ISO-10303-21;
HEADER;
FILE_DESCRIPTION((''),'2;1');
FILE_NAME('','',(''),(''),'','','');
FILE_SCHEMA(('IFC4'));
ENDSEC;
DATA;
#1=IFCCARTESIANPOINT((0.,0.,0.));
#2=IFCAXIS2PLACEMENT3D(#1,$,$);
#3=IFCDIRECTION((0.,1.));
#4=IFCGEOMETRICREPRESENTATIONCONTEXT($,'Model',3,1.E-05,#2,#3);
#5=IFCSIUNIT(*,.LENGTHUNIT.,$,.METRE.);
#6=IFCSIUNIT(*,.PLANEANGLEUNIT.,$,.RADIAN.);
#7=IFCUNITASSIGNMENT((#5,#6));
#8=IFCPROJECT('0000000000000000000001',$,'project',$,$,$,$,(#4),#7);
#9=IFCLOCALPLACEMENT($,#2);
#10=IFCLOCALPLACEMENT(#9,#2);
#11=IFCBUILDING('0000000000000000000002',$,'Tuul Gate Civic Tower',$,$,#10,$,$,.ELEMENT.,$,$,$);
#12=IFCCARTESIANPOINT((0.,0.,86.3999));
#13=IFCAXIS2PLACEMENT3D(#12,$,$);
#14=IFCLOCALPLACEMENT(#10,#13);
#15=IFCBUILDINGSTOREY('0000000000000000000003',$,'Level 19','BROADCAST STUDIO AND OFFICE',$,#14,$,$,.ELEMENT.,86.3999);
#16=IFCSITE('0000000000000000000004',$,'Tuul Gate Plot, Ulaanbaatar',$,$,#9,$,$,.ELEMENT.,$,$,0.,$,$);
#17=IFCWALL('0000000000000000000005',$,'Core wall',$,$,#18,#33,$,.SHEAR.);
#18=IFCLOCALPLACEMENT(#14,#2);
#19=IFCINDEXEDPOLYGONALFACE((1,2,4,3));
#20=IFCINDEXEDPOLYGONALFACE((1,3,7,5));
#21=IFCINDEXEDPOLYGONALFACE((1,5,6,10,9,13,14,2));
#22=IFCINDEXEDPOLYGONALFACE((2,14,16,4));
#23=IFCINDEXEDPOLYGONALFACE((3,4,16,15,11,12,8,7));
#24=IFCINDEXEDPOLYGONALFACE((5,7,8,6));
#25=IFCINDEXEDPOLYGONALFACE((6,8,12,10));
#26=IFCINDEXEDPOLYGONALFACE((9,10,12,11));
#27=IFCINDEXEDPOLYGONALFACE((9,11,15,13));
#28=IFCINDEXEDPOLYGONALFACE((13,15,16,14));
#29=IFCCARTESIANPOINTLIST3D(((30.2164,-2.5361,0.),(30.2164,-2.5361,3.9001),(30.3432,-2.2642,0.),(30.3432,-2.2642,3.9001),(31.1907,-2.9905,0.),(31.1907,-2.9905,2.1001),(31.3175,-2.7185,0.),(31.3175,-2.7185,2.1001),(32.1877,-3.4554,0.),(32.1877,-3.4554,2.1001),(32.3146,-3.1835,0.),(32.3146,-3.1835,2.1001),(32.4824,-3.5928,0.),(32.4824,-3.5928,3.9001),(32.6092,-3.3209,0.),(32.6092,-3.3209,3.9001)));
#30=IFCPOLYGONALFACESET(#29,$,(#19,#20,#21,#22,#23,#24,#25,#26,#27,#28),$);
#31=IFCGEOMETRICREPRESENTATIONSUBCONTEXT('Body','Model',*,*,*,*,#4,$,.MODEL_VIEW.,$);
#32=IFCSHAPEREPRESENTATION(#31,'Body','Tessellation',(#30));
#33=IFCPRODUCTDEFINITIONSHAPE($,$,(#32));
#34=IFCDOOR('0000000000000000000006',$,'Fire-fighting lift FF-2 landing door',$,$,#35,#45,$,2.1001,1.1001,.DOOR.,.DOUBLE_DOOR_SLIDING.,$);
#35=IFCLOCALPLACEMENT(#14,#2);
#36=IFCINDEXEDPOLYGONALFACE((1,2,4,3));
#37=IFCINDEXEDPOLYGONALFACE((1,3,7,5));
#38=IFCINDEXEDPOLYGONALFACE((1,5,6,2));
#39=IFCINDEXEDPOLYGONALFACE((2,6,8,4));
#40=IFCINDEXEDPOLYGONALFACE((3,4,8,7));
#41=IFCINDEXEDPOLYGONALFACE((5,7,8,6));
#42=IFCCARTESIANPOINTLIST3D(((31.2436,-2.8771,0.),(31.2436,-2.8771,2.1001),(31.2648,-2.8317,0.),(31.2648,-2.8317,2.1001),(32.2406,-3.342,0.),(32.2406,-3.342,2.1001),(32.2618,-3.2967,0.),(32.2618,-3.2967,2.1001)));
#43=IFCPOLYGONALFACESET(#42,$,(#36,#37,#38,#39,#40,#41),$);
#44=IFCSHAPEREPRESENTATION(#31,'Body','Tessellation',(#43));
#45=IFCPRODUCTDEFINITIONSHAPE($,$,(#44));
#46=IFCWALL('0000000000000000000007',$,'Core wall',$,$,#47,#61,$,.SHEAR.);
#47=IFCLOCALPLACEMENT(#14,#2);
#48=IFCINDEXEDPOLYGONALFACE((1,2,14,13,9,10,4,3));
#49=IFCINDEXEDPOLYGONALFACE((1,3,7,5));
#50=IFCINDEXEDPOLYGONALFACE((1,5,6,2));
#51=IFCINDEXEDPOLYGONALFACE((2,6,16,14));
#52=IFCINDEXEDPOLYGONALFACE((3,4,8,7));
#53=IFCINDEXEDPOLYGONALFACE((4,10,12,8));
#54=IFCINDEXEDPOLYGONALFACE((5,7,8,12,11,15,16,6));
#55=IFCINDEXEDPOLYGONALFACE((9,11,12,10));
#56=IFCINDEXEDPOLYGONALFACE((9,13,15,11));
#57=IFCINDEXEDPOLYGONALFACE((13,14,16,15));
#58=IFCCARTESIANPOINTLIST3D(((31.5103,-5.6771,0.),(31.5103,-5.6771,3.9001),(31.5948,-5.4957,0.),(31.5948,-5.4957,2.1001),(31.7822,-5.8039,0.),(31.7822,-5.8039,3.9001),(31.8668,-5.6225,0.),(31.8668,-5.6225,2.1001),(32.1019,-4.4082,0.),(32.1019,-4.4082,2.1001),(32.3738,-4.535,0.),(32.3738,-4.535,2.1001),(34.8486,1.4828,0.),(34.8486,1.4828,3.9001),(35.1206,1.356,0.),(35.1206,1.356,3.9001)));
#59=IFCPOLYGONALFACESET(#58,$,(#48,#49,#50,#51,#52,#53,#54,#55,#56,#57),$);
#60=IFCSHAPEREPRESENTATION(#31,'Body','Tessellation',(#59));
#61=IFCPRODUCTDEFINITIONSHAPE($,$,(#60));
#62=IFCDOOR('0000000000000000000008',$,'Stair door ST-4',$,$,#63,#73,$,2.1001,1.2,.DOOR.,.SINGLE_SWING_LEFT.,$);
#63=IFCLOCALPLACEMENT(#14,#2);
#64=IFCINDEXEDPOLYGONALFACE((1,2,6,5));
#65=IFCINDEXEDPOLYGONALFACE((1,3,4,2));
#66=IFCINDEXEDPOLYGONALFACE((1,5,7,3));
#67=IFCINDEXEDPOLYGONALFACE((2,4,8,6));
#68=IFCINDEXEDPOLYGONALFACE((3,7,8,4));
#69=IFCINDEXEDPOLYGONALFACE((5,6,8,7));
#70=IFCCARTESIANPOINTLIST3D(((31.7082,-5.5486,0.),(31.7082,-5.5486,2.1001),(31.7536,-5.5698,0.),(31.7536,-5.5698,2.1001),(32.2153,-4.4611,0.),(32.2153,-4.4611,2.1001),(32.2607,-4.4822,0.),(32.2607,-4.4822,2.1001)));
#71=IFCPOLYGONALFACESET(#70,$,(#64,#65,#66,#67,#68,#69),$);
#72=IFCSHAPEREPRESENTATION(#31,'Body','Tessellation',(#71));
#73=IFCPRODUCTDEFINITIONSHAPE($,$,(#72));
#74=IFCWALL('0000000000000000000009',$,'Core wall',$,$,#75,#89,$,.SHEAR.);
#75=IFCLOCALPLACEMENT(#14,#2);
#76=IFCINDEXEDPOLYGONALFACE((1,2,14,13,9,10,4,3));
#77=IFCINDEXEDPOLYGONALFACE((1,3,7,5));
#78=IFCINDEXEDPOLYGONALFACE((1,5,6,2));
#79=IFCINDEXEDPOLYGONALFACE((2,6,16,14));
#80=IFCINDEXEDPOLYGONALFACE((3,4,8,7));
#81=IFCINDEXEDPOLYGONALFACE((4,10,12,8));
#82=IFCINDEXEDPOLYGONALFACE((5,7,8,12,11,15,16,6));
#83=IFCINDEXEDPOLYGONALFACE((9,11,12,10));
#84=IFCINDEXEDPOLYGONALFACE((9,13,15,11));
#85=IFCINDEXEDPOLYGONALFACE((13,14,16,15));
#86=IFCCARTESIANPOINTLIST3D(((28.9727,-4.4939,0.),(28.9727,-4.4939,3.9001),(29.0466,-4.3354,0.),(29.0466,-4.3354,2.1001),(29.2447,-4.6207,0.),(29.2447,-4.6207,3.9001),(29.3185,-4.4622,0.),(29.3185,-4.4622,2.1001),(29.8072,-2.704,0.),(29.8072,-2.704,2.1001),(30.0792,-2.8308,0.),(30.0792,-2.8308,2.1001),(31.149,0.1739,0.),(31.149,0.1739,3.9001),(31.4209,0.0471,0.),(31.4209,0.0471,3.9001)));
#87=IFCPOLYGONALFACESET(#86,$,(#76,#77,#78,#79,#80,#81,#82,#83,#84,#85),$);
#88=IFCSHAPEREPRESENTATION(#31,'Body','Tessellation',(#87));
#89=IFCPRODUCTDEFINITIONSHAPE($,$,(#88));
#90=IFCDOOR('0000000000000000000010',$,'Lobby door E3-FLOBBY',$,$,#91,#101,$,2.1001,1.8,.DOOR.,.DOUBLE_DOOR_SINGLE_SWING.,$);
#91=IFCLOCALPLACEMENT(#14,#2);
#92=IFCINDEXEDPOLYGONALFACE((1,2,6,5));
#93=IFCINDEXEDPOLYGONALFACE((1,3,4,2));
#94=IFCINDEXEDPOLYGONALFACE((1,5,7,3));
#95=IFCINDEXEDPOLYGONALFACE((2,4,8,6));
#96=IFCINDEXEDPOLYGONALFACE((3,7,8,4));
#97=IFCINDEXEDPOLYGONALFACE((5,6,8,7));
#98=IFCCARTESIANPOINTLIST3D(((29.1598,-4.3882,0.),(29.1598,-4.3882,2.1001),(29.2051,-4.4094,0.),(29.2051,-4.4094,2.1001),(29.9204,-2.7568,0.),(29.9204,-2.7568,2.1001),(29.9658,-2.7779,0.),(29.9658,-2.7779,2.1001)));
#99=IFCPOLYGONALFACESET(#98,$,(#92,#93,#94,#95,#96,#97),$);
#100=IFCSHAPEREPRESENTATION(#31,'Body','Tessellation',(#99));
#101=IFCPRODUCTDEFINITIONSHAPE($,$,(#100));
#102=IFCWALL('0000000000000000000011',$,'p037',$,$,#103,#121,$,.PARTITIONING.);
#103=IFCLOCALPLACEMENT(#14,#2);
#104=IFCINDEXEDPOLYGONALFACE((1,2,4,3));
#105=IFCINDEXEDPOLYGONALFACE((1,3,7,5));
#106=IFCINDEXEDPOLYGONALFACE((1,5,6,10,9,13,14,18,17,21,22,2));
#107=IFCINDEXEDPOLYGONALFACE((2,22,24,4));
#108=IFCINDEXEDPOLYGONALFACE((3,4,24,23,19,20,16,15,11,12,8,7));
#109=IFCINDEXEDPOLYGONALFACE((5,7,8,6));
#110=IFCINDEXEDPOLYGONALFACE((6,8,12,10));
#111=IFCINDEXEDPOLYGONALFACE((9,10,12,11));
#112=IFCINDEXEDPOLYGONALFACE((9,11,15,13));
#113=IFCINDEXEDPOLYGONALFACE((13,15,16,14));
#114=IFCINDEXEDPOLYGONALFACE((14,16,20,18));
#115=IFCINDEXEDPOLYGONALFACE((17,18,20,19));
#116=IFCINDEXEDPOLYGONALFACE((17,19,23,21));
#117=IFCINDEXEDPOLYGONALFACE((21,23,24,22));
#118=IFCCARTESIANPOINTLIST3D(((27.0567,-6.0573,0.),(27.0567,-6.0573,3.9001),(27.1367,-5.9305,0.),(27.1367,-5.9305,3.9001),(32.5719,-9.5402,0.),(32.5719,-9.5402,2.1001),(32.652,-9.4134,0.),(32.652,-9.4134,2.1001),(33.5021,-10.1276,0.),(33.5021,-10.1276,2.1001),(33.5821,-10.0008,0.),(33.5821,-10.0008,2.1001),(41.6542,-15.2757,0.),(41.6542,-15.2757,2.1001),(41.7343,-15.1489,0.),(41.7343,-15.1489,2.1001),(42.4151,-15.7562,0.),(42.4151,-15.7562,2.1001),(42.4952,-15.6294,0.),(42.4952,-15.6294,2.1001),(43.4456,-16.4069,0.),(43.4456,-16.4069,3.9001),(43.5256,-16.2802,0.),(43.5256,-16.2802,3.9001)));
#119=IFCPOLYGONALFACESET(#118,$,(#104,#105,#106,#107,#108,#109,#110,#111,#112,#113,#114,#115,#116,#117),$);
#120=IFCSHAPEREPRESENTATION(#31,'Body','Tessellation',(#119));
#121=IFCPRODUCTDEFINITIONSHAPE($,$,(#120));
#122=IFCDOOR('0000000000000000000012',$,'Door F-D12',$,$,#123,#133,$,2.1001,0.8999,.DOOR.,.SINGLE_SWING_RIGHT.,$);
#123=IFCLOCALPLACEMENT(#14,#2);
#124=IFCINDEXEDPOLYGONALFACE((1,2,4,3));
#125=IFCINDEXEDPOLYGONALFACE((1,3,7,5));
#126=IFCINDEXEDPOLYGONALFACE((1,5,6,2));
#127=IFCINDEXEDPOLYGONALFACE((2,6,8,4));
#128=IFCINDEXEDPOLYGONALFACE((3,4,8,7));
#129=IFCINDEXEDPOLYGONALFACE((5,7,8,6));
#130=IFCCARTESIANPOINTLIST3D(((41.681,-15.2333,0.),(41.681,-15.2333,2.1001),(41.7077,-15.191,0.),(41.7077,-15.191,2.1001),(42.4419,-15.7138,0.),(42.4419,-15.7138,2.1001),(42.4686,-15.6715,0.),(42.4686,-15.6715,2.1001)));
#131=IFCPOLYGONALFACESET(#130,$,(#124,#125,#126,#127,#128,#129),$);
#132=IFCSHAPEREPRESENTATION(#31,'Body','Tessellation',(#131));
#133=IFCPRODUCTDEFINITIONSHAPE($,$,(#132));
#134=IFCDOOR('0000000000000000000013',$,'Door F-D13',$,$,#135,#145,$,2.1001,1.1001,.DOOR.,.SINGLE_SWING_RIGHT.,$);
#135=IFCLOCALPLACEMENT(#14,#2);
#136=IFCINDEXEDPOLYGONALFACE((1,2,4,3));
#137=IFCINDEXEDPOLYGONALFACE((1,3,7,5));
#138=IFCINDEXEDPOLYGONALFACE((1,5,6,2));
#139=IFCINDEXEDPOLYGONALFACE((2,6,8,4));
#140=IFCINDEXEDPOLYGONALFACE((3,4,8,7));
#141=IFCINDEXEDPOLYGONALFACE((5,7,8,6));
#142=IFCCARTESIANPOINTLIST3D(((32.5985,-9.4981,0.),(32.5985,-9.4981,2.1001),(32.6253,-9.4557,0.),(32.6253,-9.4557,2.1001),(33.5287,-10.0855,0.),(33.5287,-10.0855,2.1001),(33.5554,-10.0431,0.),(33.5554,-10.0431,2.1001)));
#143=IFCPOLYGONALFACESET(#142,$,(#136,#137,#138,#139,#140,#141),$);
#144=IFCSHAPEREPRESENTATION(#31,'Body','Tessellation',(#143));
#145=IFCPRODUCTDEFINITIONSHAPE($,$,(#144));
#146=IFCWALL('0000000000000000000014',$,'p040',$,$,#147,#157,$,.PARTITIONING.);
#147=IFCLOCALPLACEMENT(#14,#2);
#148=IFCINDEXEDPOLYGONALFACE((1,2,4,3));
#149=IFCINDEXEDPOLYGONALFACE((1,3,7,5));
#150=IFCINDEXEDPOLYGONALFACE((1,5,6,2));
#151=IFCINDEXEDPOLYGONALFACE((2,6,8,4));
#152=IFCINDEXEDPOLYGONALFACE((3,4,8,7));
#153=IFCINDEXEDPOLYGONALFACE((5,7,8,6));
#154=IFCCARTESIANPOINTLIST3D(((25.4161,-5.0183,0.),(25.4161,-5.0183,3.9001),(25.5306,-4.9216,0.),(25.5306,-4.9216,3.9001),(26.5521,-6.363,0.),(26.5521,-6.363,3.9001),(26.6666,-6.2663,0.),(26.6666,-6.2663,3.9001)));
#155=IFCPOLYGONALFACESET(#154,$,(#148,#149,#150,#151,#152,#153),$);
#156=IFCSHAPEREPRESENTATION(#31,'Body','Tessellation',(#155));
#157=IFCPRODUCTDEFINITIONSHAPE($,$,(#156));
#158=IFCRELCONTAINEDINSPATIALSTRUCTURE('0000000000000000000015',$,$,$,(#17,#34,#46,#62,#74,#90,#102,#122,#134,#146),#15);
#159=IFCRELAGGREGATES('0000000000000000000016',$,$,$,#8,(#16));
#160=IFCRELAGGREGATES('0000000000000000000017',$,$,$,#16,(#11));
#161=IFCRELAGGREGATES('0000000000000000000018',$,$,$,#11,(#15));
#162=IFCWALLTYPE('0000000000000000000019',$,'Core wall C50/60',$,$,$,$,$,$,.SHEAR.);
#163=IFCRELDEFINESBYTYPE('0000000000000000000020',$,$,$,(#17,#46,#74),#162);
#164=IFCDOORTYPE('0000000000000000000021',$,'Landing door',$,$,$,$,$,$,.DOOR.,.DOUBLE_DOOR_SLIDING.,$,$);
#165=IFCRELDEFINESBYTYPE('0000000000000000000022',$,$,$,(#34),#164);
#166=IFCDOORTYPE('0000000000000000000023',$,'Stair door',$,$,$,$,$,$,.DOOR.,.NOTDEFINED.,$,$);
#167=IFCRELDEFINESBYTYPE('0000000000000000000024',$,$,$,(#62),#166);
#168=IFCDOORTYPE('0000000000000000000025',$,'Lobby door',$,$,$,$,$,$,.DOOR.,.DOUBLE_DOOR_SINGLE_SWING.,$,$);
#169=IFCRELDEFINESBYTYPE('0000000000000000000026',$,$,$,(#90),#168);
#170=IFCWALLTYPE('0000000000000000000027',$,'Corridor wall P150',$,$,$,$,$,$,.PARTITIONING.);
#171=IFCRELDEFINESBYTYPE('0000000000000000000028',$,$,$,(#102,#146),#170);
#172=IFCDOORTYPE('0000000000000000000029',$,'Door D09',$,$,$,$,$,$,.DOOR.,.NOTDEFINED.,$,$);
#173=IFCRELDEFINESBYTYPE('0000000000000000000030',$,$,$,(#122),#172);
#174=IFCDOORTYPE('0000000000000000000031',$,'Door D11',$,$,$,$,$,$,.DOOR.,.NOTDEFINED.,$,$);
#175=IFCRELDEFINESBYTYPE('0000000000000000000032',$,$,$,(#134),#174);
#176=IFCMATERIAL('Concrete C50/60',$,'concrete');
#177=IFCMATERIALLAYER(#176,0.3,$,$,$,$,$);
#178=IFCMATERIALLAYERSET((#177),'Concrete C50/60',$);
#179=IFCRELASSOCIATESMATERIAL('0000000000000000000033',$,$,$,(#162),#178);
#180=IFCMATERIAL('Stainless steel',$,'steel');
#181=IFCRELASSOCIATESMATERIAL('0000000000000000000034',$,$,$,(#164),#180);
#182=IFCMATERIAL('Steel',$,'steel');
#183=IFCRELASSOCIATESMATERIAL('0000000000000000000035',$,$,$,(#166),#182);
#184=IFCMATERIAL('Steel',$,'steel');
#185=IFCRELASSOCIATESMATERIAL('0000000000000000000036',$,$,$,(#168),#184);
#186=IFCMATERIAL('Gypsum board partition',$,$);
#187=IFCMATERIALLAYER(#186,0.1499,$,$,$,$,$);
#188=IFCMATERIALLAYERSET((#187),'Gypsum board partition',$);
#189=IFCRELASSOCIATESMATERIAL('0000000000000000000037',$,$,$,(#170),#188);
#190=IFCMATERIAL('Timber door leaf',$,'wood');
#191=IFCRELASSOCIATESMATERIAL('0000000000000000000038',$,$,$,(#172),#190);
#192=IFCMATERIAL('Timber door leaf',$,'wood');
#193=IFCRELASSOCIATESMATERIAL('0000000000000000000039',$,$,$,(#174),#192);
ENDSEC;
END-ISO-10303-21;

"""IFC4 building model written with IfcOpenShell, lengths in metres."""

from ifc_helpers import new_model, si_unit, direction, frame, frame_2d, origin, place, context, subcontext, project, spatial, rectangle, extrude, material, layer, layer_set, type_object, element, fill, save


model = new_model("IFC4")

# Units and contexts
model_context = context("Model", 3, precision=1e-05, world=origin(), true_north=direction((0.0, 1.0)))
body_context = subcontext(model_context, "Body", "Model", "MODEL_VIEW")
ifc_project = project(units=[si_unit("LENGTHUNIT", "METRE"), si_unit("PLANEANGLEUNIT", "RADIAN")], contexts=[model_context])

# Site, building, storey
site_placement = place(None, origin())
site = spatial("IfcSite", under=ifc_project, at=site_placement, Name="Tuul Gate Plot, Ulaanbaatar", CompositionType="ELEMENT", RefElevation=0.0)
building_placement = place(site_placement, origin())
building = spatial("IfcBuilding", under=site, at=building_placement, Name="Tuul Gate Civic Tower", CompositionType="ELEMENT")
storey_placement = place(building_placement, frame((0.0, 0.0, 86.3999)))
storey = spatial("IfcBuildingStorey", under=building, at=storey_placement, Name="Level 19", Description="BROADCAST STUDIO AND OFFICE", CompositionType="ELEMENT", Elevation=86.3999)

# Walls, openings, doors
ifc_material_1 = material(Name="Concrete C50/60", Category="concrete")
ifc_layer_1 = layer(ifc_material_1, 0.3)
ifc_layer_set_1 = layer_set([ifc_layer_1], Name="Concrete C50/60")
wall_type_1 = type_object("IfcWallType", Name="Core wall C50/60", PredefinedType="SHEAR", material=ifc_layer_set_1)
wall_1_placement = place(storey_placement, frame((32.5457, -3.4568, 0.0), z_axis=(0.0, 0.0, 1.0), x_axis=(-0.9063, 0.422634, 0.0)))
wall_1 = element("IfcWall", 1, at=wall_1_placement, inside=storey, type_object=wall_type_1, Name="Core wall", PredefinedType="SHEAR", context=body_context, shape_type="SweptSolid", body=[
    extrude(rectangle(XDim=2.5002, YDim=0.3, at=frame_2d((1.25, 0.0))), origin(), (0.0, 0.0, 1.0), 3.9001),
])
opening_1_placement = place(wall_1_placement, frame((0.325, 0.0, 0.0)))
opening_1 = element("IfcOpeningElement", 2, at=opening_1_placement, cuts=wall_1, PredefinedType="OPENING", context=body_context, shape_type="SweptSolid", body=[
    extrude(rectangle(XDim=1.1001, YDim=2.1001, at=frame_2d((0.55, 1.05))), frame((0.0, 0.1602, 0.0), z_axis=(0.0, -1.0, 0.0), x_axis=(1.0, 0.0, 0.0)), (0.0, 0.0, 1.0), 0.3201),
])
ifc_material_2 = material(Name="Stainless steel", Category="steel")
door_type_1 = type_object("IfcDoorType", Name="Landing door", OperationType="DOUBLE_DOOR_SLIDING", PredefinedType="DOOR", material=ifc_material_2)
door_1_placement = place(opening_1_placement, origin())
door_1 = element("IfcDoor", 3, at=door_1_placement, inside=storey, type_object=door_type_1, Name="Fire-fighting lift FF-2 landing door", OperationType="DOUBLE_DOOR_SLIDING", OverallHeight=2.1001, OverallWidth=1.1001, PredefinedType="DOOR", context=body_context, shape_type="SweptSolid", body=[
    extrude(rectangle(XDim=1.1001, YDim=2.1001, at=frame_2d((0.55, 1.05))), frame((0.0, 0.0249, 0.0), z_axis=(0.0, -1.0, 0.0), x_axis=(1.0, 0.0, 0.0)), (0.0, 0.0, 1.0), 0.05),
])
fill(opening_1, door_1)
wall_2_placement = place(storey_placement, frame((31.6462, -5.7405, 0.0), z_axis=(0.0, 0.0, 1.0), x_axis=(0.422583, 0.906324, 0.0)))
wall_2 = element("IfcWall", 4, at=wall_2_placement, inside=storey, type_object=wall_type_1, Name="Core wall", PredefinedType="SHEAR", context=body_context, shape_type="SweptSolid", body=[
    extrude(rectangle(XDim=7.8999, YDim=0.3, at=frame_2d((3.95, 0.0))), origin(), (0.0, 0.0, 1.0), 3.9001),
])
opening_2_placement = place(wall_2_placement, frame((0.2, 0.0, 0.0)))
opening_2 = element("IfcOpeningElement", 5, at=opening_2_placement, cuts=wall_2, PredefinedType="OPENING", context=body_context, shape_type="SweptSolid", body=[
    extrude(rectangle(XDim=1.2, YDim=2.1001, at=frame_2d((0.6001, 1.05))), frame((0.0, 0.1602, 0.0), z_axis=(0.0, -1.0, 0.0), x_axis=(1.0, 0.0, 0.0)), (0.0, 0.0, 1.0), 0.3201),
])
ifc_material_3 = material(Name="Steel", Category="steel")
door_type_2 = type_object("IfcDoorType", Name="Stair door", OperationType="NOTDEFINED", PredefinedType="DOOR", material=ifc_material_3)
door_2_placement = place(opening_2_placement, origin())
door_2 = element("IfcDoor", 6, at=door_2_placement, inside=storey, type_object=door_type_2, Name="Stair door ST-4", OperationType="SINGLE_SWING_LEFT", OverallHeight=2.1001, OverallWidth=1.2, PredefinedType="DOOR", context=body_context, shape_type="SweptSolid", body=[
    extrude(rectangle(XDim=1.2, YDim=2.1001, at=frame_2d((0.6001, 1.05))), frame((0.0, 0.0249, 0.0), z_axis=(0.0, -1.0, 0.0), x_axis=(1.0, 0.0, 0.0)), (0.0, 0.0, 1.0), 0.05),
])
fill(opening_2, door_2)
wall_3_placement = place(storey_placement, frame((29.1086, -4.5574, 0.0), z_axis=(0.0, 0.0, 1.0), x_axis=(0.422566, 0.906332, 0.0)))
wall_3 = element("IfcWall", 7, at=wall_3_placement, inside=storey, type_object=wall_type_1, Name="Core wall", PredefinedType="SHEAR", context=body_context, shape_type="SweptSolid", body=[
    extrude(rectangle(XDim=5.1501, YDim=0.3, at=frame_2d((2.5752, 0.0))), origin(), (0.0, 0.0, 1.0), 3.9001),
])
opening_3_placement = place(wall_3_placement, frame((0.175, 0.0, 0.0)))
opening_3 = element("IfcOpeningElement", 8, at=opening_3_placement, cuts=wall_3, PredefinedType="OPENING", context=body_context, shape_type="SweptSolid", body=[
    extrude(rectangle(XDim=1.8, YDim=2.1001, at=frame_2d((0.8999, 1.05))), frame((0.0, 0.1602, 0.0), z_axis=(0.0, -1.0, 0.0), x_axis=(1.0, 0.0, 0.0)), (0.0, 0.0, 1.0), 0.3201),
])
ifc_material_4 = material(Name="Steel", Category="steel")
door_type_3 = type_object("IfcDoorType", Name="Lobby door", OperationType="DOUBLE_DOOR_SINGLE_SWING", PredefinedType="DOOR", material=ifc_material_4)
door_3_placement = place(opening_3_placement, frame((1.8, 0.0, 0.0), z_axis=(0.0, 0.0, 1.0), x_axis=(-1.0, 0.0, 0.0)))
door_3 = element("IfcDoor", 9, at=door_3_placement, inside=storey, type_object=door_type_3, Name="Lobby door E3-FLOBBY", OperationType="DOUBLE_DOOR_SINGLE_SWING", OverallHeight=2.1001, OverallWidth=1.8, PredefinedType="DOOR", context=body_context, shape_type="SweptSolid", body=[
    extrude(rectangle(XDim=1.8, YDim=2.1001, at=frame_2d((0.9001, 1.05))), frame((0.0, 0.0249, 0.0), z_axis=(0.0, -1.0, 0.0), x_axis=(1.0, 0.0, 0.0)), (0.0, 0.0, 1.0), 0.05),
])
fill(opening_3, door_3)

# Wall, openings, doors
ifc_material_5 = material(Name="Gypsum board partition")
ifc_layer_2 = layer(ifc_material_5, 0.1499)
ifc_layer_set_2 = layer_set([ifc_layer_2], Name="Gypsum board partition")
wall_type_2 = type_object("IfcWallType", Name="Corridor wall P150", PredefinedType="PARTITIONING", material=ifc_layer_set_2)
wall_4_placement = place(storey_placement, frame((27.0967, -5.9939, 0.0), z_axis=(0.0, 0.0, 1.0), x_axis=(0.845519, -0.533946, 0.0)))
wall_4 = element("IfcWall", 10, at=wall_4_placement, inside=storey, type_object=wall_type_2, Name="p037", PredefinedType="PARTITIONING", context=body_context, shape_type="SweptSolid", body=[
    extrude(rectangle(XDim=19.3833, YDim=0.1499, at=frame_2d((9.6917, 0.0))), origin(), (0.0, 0.0, 1.0), 3.9001),
])
opening_4_placement = place(wall_4_placement, frame((17.2646, 0.0, 0.0)))
opening_4 = element("IfcOpeningElement", 11, at=opening_4_placement, cuts=wall_4, PredefinedType="OPENING", context=body_context, shape_type="SweptSolid", body=[
    extrude(rectangle(XDim=0.8999, YDim=2.1001, at=frame_2d((0.45, 1.05))), frame((0.0, 0.085, 0.0), z_axis=(0.0, -1.0, 0.0), x_axis=(1.0, 0.0, 0.0)), (0.0, 0.0, 1.0), 0.1699),
])
opening_5_placement = place(wall_4_placement, frame((6.5229, 0.0, 0.0)))
opening_5 = element("IfcOpeningElement", 12, at=opening_5_placement, cuts=wall_4, PredefinedType="OPENING", context=body_context, shape_type="SweptSolid", body=[
    extrude(rectangle(XDim=1.1001, YDim=2.1001, at=frame_2d((0.55, 1.05))), frame((0.0, 0.085, 0.0), z_axis=(0.0, -1.0, 0.0), x_axis=(1.0, 0.0, 0.0)), (0.0, 0.0, 1.0), 0.1699),
])
ifc_material_6 = material(Name="Timber door leaf", Category="wood")
door_type_4 = type_object("IfcDoorType", Name="Door D09", OperationType="NOTDEFINED", PredefinedType="DOOR", material=ifc_material_6)
door_4_placement = place(opening_4_placement, frame((0.8999, 0.0, 0.0), z_axis=(0.0, 0.0, 1.0), x_axis=(-1.0, 0.0, 0.0)))
door_4 = element("IfcDoor", 13, at=door_4_placement, inside=storey, type_object=door_type_4, Name="Door F-D12", OperationType="SINGLE_SWING_RIGHT", OverallHeight=2.1001, OverallWidth=0.8999, PredefinedType="DOOR", context=body_context, shape_type="SweptSolid", body=[
    extrude(rectangle(XDim=0.8999, YDim=2.1001, at=frame_2d((0.45, 1.05))), frame((0.0, 0.0249, 0.0), z_axis=(0.0, -1.0, 0.0), x_axis=(1.0, 0.0, 0.0)), (0.0, 0.0, 1.0), 0.05),
])
fill(opening_4, door_4)
ifc_material_7 = material(Name="Timber door leaf", Category="wood")
door_type_5 = type_object("IfcDoorType", Name="Door D11", OperationType="NOTDEFINED", PredefinedType="DOOR", material=ifc_material_7)
door_5_placement = place(opening_5_placement, origin())
door_5 = element("IfcDoor", 14, at=door_5_placement, inside=storey, type_object=door_type_5, Name="Door F-D13", OperationType="SINGLE_SWING_RIGHT", OverallHeight=2.1001, OverallWidth=1.1001, PredefinedType="DOOR", context=body_context, shape_type="SweptSolid", body=[
    extrude(rectangle(XDim=1.1001, YDim=2.1001, at=frame_2d((0.55, 1.05))), frame((0.0, 0.0249, 0.0), z_axis=(0.0, -1.0, 0.0), x_axis=(1.0, 0.0, 0.0)), (0.0, 0.0, 1.0), 0.05),
])
fill(opening_5, door_5)

# Wall
wall_5_placement = place(storey_placement, frame((25.4734, -4.97, 0.0), z_axis=(0.0, 0.0, 1.0), x_axis=(0.645327, -0.763907, 0.0)))
element("IfcWall", 15, at=wall_5_placement, inside=storey, type_object=wall_type_2, Name="p040", PredefinedType="PARTITIONING", context=body_context, shape_type="SweptSolid", body=[
    extrude(rectangle(XDim=1.7603, YDim=0.1499, at=frame_2d((0.8801, 0.0))), origin(), (0.0, 0.0, 1.0), 3.9001),
])

save(model, "model.ifc")
